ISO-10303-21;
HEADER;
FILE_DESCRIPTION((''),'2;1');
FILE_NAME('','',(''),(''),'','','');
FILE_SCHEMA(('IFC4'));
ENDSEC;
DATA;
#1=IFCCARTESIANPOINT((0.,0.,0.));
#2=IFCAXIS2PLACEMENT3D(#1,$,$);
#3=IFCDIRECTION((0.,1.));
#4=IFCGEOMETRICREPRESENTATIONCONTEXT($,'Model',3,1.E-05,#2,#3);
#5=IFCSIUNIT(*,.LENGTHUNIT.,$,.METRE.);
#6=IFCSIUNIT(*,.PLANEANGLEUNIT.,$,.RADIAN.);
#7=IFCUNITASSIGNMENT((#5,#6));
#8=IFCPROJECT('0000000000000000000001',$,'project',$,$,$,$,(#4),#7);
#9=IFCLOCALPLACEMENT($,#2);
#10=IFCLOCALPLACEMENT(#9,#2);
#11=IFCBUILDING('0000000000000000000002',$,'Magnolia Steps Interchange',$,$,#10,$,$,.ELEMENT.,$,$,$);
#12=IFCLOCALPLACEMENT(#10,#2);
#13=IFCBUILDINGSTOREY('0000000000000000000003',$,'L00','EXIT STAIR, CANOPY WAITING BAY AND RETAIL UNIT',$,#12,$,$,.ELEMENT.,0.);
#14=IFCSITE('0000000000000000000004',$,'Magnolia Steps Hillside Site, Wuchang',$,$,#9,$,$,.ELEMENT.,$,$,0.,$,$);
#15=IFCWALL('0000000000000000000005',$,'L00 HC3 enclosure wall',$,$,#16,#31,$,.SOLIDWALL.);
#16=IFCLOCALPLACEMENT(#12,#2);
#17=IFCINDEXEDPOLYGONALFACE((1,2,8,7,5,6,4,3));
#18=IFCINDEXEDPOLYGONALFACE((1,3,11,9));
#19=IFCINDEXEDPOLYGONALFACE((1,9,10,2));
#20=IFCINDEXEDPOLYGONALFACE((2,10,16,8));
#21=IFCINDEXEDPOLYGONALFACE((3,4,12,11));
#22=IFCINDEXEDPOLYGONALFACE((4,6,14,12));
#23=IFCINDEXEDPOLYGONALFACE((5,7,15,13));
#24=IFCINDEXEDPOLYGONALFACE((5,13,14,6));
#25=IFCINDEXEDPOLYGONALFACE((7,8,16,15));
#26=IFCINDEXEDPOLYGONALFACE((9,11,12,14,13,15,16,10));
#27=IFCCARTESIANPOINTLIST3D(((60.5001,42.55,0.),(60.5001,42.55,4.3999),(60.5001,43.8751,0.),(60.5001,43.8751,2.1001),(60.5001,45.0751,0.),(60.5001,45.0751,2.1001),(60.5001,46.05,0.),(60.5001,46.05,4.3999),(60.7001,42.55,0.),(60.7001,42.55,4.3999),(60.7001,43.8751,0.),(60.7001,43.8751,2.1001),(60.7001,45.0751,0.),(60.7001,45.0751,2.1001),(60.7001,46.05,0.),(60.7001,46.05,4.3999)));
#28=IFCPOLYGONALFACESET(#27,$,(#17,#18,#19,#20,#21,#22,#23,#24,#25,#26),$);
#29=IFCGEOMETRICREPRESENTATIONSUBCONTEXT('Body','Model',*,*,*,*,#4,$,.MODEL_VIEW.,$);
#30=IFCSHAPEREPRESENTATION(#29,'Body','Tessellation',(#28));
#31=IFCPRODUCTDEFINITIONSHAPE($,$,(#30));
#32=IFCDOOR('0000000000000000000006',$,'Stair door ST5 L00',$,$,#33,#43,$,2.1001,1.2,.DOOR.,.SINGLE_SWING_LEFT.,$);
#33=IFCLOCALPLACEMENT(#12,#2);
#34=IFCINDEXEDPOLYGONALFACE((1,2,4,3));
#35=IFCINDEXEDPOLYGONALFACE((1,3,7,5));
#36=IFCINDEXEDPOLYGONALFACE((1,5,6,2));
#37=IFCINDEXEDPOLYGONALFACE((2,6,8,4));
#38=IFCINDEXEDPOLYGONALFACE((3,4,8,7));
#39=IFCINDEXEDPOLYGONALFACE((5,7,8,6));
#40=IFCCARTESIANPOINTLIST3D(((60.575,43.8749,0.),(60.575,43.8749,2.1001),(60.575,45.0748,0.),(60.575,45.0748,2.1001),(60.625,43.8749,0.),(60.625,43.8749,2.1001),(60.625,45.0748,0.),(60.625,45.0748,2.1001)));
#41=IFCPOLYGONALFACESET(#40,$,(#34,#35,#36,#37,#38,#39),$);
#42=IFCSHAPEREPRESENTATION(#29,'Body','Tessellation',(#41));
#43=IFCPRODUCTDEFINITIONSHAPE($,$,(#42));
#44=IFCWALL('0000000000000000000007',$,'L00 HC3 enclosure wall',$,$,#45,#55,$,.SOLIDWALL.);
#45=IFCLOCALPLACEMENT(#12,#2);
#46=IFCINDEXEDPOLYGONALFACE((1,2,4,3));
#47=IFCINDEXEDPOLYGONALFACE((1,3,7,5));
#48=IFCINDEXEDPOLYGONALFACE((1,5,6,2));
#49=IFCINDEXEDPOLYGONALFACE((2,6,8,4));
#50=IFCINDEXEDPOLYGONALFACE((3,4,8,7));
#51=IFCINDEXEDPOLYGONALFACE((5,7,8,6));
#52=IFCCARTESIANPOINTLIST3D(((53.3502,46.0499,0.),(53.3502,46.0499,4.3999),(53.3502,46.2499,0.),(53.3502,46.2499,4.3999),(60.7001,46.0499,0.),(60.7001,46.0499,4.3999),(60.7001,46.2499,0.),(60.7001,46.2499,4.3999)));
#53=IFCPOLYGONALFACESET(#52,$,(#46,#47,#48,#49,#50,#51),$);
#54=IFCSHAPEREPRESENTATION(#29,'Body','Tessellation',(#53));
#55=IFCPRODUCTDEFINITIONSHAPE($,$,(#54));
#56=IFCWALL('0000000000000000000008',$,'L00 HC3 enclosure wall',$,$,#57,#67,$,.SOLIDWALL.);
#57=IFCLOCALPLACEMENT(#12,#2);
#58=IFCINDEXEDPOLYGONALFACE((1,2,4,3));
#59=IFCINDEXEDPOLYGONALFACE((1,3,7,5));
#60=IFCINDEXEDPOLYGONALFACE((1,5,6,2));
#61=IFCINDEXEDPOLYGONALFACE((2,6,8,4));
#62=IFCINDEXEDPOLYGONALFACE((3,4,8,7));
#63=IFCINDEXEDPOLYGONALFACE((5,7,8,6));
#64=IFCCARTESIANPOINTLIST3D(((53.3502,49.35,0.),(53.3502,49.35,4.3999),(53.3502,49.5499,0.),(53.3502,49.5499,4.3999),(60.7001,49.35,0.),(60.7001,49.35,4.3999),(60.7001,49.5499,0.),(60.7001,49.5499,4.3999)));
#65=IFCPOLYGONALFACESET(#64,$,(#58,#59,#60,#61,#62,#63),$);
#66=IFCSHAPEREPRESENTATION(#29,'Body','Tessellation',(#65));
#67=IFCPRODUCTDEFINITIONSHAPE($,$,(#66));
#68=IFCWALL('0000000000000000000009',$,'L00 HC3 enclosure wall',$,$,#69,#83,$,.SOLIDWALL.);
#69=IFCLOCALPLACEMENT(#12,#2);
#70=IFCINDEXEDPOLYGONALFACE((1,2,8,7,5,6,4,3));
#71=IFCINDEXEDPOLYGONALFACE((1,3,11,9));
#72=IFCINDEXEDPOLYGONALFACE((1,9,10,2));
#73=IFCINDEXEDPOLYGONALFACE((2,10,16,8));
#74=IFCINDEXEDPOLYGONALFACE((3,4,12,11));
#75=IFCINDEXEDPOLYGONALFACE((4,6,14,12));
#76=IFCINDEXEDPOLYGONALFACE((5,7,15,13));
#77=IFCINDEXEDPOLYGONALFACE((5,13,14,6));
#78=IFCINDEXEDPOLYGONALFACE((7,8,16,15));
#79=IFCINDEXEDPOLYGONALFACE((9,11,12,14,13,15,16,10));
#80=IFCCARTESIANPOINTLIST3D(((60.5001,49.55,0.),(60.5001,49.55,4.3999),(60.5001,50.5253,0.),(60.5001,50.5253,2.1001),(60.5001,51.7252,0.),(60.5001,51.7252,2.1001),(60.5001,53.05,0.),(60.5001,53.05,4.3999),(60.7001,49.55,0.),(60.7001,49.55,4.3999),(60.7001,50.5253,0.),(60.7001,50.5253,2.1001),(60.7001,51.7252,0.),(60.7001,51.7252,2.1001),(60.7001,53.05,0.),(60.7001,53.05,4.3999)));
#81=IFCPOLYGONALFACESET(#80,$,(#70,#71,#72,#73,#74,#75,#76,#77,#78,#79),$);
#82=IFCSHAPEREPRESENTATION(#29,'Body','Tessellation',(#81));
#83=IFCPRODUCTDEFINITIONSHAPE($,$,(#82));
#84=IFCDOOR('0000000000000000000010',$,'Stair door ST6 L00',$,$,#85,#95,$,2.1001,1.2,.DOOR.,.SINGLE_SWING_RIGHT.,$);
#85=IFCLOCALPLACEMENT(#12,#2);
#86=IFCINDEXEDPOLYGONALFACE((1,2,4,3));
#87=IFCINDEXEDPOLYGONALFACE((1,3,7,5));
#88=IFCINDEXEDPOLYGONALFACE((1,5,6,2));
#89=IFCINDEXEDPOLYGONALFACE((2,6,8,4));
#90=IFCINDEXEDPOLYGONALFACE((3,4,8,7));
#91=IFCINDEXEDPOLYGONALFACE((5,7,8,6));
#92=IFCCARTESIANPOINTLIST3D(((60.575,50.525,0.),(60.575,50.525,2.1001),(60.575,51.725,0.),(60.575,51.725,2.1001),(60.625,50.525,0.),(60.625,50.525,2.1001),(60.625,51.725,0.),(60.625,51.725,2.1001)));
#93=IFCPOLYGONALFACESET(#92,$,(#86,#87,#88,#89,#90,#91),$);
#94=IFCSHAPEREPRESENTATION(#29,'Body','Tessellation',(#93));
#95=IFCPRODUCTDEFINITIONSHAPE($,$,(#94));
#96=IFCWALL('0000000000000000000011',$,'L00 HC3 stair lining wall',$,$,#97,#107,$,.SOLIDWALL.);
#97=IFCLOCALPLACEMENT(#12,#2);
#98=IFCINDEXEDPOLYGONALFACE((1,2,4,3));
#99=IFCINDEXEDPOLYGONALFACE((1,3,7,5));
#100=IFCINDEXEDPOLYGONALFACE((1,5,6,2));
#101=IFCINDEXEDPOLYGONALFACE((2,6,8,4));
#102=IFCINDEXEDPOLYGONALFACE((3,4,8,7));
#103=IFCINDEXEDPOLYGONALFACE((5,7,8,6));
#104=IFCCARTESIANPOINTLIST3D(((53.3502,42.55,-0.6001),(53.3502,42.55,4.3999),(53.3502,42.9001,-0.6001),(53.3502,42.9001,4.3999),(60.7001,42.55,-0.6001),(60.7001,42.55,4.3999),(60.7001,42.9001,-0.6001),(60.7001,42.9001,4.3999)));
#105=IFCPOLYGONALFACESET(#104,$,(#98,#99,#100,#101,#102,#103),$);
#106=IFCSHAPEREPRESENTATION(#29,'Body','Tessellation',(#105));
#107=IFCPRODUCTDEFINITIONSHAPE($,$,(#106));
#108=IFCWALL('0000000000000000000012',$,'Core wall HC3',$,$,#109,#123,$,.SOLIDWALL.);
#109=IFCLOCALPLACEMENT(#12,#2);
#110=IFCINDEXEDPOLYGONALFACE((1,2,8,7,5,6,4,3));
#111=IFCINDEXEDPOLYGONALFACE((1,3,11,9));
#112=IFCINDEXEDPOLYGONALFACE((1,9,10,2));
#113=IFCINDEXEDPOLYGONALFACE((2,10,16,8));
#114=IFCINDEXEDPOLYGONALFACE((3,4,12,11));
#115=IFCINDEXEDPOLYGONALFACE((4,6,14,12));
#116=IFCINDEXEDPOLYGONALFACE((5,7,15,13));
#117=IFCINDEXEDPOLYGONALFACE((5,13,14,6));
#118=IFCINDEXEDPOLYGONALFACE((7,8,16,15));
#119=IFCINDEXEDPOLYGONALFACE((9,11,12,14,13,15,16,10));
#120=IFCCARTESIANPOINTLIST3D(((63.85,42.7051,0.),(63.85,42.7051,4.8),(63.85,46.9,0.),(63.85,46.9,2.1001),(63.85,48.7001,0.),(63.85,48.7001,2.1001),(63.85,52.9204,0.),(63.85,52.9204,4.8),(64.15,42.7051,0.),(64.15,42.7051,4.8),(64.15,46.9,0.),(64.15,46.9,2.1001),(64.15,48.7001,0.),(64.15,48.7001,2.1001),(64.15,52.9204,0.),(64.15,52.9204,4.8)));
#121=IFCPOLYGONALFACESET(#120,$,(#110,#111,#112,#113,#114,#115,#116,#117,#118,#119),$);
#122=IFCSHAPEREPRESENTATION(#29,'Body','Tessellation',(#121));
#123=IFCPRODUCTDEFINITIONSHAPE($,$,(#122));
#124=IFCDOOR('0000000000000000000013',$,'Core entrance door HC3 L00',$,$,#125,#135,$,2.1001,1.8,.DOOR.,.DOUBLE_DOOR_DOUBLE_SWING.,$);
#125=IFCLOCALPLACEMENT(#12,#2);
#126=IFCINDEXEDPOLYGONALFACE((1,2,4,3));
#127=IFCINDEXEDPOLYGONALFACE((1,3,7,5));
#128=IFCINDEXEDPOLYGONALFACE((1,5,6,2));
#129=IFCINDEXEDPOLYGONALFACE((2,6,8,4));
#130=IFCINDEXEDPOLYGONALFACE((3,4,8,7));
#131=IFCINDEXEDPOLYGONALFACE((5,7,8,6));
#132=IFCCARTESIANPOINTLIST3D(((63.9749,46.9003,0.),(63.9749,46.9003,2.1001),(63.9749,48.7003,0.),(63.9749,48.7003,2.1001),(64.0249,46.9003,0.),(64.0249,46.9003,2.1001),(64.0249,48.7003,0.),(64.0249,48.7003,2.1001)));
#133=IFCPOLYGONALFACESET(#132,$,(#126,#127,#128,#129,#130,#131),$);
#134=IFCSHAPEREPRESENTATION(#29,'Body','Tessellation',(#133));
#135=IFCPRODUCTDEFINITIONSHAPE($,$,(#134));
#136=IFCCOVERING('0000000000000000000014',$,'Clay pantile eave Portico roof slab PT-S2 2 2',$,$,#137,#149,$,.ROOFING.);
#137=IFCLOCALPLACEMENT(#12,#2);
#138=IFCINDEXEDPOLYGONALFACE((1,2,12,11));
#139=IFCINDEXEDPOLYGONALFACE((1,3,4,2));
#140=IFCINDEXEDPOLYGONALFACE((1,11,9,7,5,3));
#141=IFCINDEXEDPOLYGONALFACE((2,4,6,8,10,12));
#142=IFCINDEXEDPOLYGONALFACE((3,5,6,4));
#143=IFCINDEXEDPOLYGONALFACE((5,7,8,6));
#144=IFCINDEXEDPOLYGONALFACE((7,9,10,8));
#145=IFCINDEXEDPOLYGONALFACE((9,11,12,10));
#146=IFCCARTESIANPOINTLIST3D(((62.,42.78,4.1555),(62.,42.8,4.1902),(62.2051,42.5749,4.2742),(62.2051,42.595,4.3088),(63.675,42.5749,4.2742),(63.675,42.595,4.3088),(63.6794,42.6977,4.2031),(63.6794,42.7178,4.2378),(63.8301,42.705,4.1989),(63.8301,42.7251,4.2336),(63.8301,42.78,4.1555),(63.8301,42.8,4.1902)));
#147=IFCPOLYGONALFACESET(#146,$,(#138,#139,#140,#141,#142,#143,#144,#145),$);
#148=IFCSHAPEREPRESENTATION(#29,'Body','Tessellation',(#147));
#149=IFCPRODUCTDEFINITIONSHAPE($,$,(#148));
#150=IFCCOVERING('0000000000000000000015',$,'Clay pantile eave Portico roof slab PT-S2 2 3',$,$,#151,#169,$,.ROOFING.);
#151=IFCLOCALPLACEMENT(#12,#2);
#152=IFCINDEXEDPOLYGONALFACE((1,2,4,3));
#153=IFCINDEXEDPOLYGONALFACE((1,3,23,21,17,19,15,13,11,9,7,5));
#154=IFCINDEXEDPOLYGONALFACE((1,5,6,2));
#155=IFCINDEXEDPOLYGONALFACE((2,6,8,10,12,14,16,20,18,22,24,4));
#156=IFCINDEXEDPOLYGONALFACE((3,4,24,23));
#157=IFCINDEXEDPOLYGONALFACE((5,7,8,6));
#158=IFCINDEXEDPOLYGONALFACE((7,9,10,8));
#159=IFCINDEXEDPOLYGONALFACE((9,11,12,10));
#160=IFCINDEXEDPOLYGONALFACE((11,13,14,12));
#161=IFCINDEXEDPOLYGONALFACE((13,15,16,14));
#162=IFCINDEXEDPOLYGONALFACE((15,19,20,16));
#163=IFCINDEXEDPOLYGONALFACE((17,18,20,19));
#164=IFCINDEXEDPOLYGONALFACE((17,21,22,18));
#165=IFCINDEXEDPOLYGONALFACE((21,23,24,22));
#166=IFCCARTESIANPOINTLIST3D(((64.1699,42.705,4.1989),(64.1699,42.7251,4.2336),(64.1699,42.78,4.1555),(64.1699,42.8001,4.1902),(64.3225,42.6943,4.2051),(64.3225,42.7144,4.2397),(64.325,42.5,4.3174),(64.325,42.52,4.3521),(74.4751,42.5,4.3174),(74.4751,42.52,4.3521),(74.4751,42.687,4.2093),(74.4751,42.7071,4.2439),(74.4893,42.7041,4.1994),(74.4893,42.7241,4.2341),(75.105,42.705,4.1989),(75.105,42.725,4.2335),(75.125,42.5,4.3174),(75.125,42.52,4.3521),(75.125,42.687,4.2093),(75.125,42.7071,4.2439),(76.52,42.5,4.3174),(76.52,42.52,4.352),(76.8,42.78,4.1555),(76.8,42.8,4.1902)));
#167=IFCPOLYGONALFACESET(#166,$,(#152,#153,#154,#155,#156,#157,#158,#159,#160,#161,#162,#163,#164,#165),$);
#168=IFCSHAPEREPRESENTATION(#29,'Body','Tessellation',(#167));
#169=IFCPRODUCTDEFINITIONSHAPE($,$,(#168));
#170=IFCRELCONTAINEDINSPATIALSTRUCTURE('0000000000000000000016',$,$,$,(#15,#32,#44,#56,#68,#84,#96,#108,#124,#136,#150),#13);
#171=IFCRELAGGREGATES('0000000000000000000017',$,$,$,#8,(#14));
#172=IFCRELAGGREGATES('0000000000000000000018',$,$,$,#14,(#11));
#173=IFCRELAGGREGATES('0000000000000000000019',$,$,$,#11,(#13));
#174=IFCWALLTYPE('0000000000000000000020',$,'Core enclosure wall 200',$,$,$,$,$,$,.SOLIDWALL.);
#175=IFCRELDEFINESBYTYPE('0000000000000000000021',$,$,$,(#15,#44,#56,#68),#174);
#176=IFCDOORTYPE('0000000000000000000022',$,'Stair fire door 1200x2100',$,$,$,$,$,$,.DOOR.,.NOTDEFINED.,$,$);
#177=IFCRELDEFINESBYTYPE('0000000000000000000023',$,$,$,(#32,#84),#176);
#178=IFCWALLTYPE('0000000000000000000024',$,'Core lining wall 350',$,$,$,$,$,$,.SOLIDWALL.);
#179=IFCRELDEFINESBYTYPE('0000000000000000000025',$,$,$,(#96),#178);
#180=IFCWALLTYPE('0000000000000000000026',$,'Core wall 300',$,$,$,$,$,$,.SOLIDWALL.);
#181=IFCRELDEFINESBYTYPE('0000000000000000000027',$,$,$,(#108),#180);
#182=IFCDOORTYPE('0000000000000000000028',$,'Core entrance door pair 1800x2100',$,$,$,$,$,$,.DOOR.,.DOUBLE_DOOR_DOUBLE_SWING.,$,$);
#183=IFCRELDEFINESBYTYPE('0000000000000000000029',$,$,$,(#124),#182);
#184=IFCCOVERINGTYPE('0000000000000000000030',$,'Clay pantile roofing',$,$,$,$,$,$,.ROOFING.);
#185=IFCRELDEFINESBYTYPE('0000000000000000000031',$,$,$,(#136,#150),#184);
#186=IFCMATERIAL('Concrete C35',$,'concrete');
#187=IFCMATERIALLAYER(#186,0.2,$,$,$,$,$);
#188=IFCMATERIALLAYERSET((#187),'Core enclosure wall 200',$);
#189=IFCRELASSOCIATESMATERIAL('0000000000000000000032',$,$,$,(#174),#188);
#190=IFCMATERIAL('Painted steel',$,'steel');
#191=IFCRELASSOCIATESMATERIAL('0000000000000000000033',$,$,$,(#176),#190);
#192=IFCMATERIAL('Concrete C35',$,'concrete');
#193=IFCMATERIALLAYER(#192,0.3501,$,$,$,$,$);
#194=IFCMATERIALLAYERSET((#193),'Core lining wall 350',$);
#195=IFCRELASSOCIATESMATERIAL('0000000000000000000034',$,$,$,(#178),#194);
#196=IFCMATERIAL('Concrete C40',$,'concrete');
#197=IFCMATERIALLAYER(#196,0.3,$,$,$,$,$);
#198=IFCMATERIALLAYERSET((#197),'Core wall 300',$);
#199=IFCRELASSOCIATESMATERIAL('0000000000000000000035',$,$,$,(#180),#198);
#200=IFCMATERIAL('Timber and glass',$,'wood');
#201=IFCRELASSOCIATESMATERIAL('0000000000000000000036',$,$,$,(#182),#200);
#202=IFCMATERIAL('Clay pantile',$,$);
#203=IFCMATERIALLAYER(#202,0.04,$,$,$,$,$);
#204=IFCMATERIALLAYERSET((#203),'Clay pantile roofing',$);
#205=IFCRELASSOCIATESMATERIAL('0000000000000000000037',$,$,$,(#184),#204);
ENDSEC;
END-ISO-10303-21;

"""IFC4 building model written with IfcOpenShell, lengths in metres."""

from ifc_helpers import new_model, si_unit, direction, frame, frame_2d, origin, place, context, subcontext, project, spatial, polyline, rectangle, outline, extrude, material, layer, layer_set, type_object, element, fill, save


model = new_model("IFC4")

# Units and contexts
model_context = context("Model", 3, precision=1e-05, world=origin(), true_north=direction((0.0, 1.0)))
body_context = subcontext(model_context, "Body", "Model", "MODEL_VIEW")
ifc_project = project(units=[si_unit("LENGTHUNIT", "METRE"), si_unit("PLANEANGLEUNIT", "RADIAN")], contexts=[model_context])

# Site, building, storey
site_placement = place(None, origin())
site = spatial("IfcSite", under=ifc_project, at=site_placement, Name="Magnolia Steps Hillside Site, Wuchang", CompositionType="ELEMENT", RefElevation=0.0)
building_placement = place(site_placement, origin())
building = spatial("IfcBuilding", under=site, at=building_placement, Name="Magnolia Steps Interchange", CompositionType="ELEMENT")
storey_placement = place(building_placement, origin())
storey = spatial("IfcBuildingStorey", under=building, at=storey_placement, Name="L00", Description="EXIT STAIR, CANOPY WAITING BAY AND RETAIL UNIT", CompositionType="ELEMENT", Elevation=0.0)

# Wall, opening, door
ifc_material_1 = material(Name="Concrete C35", Category="concrete")
ifc_layer_1 = layer(ifc_material_1, 0.2)
ifc_layer_set_1 = layer_set([ifc_layer_1], Name="Core enclosure wall 200")
wall_type_1 = type_object("IfcWallType", Name="Core enclosure wall 200", PredefinedType="SOLIDWALL", material=ifc_layer_set_1)
wall_1_placement = place(storey_placement, frame((60.6001, 42.55, 0.0), z_axis=(0.0, 0.0, 1.0), x_axis=(0.0, 1.0, 0.0)))
wall_1 = element("IfcWall", 1, at=wall_1_placement, inside=storey, type_object=wall_type_1, Name="L00 HC3 enclosure wall", PredefinedType="SOLIDWALL", context=body_context, shape_type="SweptSolid", body=[
    extrude(rectangle(XDim=3.5, YDim=0.2, at=frame_2d((1.75, 0.0))), origin(), (0.0, 0.0, 1.0), 4.3999),
])
opening_1_placement = place(wall_1_placement, frame((1.325, 0.0, 0.0)))
opening_1 = element("IfcOpeningElement", 2, at=opening_1_placement, cuts=wall_1, PredefinedType="OPENING", context=body_context, shape_type="SweptSolid", body=[
    extrude(rectangle(XDim=1.2, YDim=2.1001, at=frame_2d((0.6001, 1.05))), frame((0.0, 0.1099, 0.0), z_axis=(0.0, -1.0, 0.0), x_axis=(1.0, 0.0, 0.0)), (0.0, 0.0, 1.0), 0.22),
])
ifc_material_2 = material(Name="Painted steel", Category="steel")
door_type_1 = type_object("IfcDoorType", Name="Stair fire door 1200x2100", OperationType="NOTDEFINED", PredefinedType="DOOR", material=ifc_material_2)
door_1_placement = place(opening_1_placement, frame((1.2, 0.0, 0.0), z_axis=(0.0, 0.0, 1.0), x_axis=(-1.0, 0.0, 0.0)))
door_1 = element("IfcDoor", 3, at=door_1_placement, inside=storey, type_object=door_type_1, Name="Stair door ST5 L00", OperationType="SINGLE_SWING_LEFT", OverallHeight=2.1001, OverallWidth=1.2, PredefinedType="DOOR", context=body_context, shape_type="SweptSolid", body=[
    extrude(rectangle(XDim=1.2, YDim=2.1001, at=frame_2d((0.6001, 1.05))), frame((0.0, 0.0249, 0.0), z_axis=(0.0, -1.0, 0.0), x_axis=(1.0, 0.0, 0.0)), (0.0, 0.0, 1.0), 0.05),
])
fill(opening_1, door_1)

# Walls
for number, where, z_axis, x_axis, name in (
    (4, (60.7, 46.1499, 0.0), (0.0, 0.0, 1.0), (-1.0, 0.0, 0.0), "L00 HC3 enclosure wall"),
    (5, (60.7, 49.45, 0.0), (0.0, 0.0, 1.0), (-1.0, 0.0, 0.0), "L00 HC3 enclosure wall"),
):
    element("IfcWall", number, at=place(storey_placement, frame(where, z_axis=z_axis, x_axis=x_axis)), inside=storey, type_object=wall_type_1, Name=name, PredefinedType="SOLIDWALL", context=body_context, shape_type="SweptSolid", body=[
        extrude(rectangle(XDim=7.3499, YDim=0.2, at=frame_2d((3.6748, 0.0))), origin(), (0.0, 0.0, 1.0), 4.3999),
    ])

# Wall, opening, door
wall_2_placement = place(storey_placement, frame((60.6001, 49.55, 0.0), z_axis=(0.0, 0.0, 1.0), x_axis=(0.0, 1.0, 0.0)))
wall_2 = element("IfcWall", 6, at=wall_2_placement, inside=storey, type_object=wall_type_1, Name="L00 HC3 enclosure wall", PredefinedType="SOLIDWALL", context=body_context, shape_type="SweptSolid", body=[
    extrude(rectangle(XDim=3.5, YDim=0.2, at=frame_2d((1.75, 0.0))), origin(), (0.0, 0.0, 1.0), 4.3999),
])
opening_2_placement = place(wall_2_placement, frame((0.9751, 0.0, 0.0)))
opening_2 = element("IfcOpeningElement", 7, at=opening_2_placement, cuts=wall_2, PredefinedType="OPENING", context=body_context, shape_type="SweptSolid", body=[
    extrude(rectangle(XDim=1.2, YDim=2.1001, at=frame_2d((0.6001, 1.05))), frame((0.0, 0.1099, 0.0), z_axis=(0.0, -1.0, 0.0), x_axis=(1.0, 0.0, 0.0)), (0.0, 0.0, 1.0), 0.22),
])
door_2_placement = place(opening_2_placement, frame((1.2, 0.0, 0.0), z_axis=(0.0, 0.0, 1.0), x_axis=(-1.0, 0.0, 0.0)))
door_2 = element("IfcDoor", 8, at=door_2_placement, inside=storey, type_object=door_type_1, Name="Stair door ST6 L00", OperationType="SINGLE_SWING_RIGHT", OverallHeight=2.1001, OverallWidth=1.2, PredefinedType="DOOR", context=body_context, shape_type="SweptSolid", body=[
    extrude(rectangle(XDim=1.2, YDim=2.1001, at=frame_2d((0.6001, 1.05))), frame((0.0, 0.0249, 0.0), z_axis=(0.0, -1.0, 0.0), x_axis=(1.0, 0.0, 0.0)), (0.0, 0.0, 1.0), 0.05),
])
fill(opening_2, door_2)

# Wall
ifc_material_3 = material(Name="Concrete C35", Category="concrete")
ifc_layer_2 = layer(ifc_material_3, 0.3501)
ifc_layer_set_2 = layer_set([ifc_layer_2], Name="Core lining wall 350")
wall_type_2 = type_object("IfcWallType", Name="Core lining wall 350", PredefinedType="SOLIDWALL", material=ifc_layer_set_2)
wall_3_placement = place(storey_placement, frame((60.7, 42.7251, -0.6001), z_axis=(0.0, 0.0, 1.0), x_axis=(-1.0, 0.0, 0.0)))
element("IfcWall", 9, at=wall_3_placement, inside=storey, type_object=wall_type_2, Name="L00 HC3 stair lining wall", PredefinedType="SOLIDWALL", context=body_context, shape_type="SweptSolid", body=[
    extrude(rectangle(XDim=7.3499, YDim=0.3501, at=frame_2d((3.6748, 0.0))), origin(), (0.0, 0.0, 1.0), 5.0),
])

# Wall, opening, door
ifc_material_4 = material(Name="Concrete C40", Category="concrete")
ifc_layer_3 = layer(ifc_material_4, 0.3)
ifc_layer_set_3 = layer_set([ifc_layer_3], Name="Core wall 300")
wall_type_3 = type_object("IfcWallType", Name="Core wall 300", PredefinedType="SOLIDWALL", material=ifc_layer_set_3)
wall_4_placement = place(storey_placement, frame((64.0, 42.7051, 0.0), z_axis=(0.0, 0.0, 1.0), x_axis=(0.0, 1.0, 0.0)))
wall_4 = element("IfcWall", 10, at=wall_4_placement, inside=storey, type_object=wall_type_3, Name="Core wall HC3", PredefinedType="SOLIDWALL", context=body_context, shape_type="SweptSolid", body=[
    extrude(rectangle(XDim=10.2153, YDim=0.3, at=frame_2d((5.1077, 0.0))), origin(), (0.0, 0.0, 1.0), 4.8),
])
opening_3_placement = place(wall_4_placement, frame((4.1951, 0.0, 0.0)))
opening_3 = element("IfcOpeningElement", 11, at=opening_3_placement, cuts=wall_4, PredefinedType="OPENING", context=body_context, shape_type="SweptSolid", body=[
    extrude(rectangle(XDim=1.8, YDim=2.1001, at=frame_2d((0.8999, 1.05))), frame((0.0, 0.1599, 0.0), z_axis=(0.0, -1.0, 0.0), x_axis=(1.0, 0.0, 0.0)), (0.0, 0.0, 1.0), 0.3201),
])
ifc_material_5 = material(Name="Timber and glass", Category="wood")
door_type_2 = type_object("IfcDoorType", Name="Core entrance door pair 1800x2100", OperationType="DOUBLE_DOOR_DOUBLE_SWING", PredefinedType="DOOR", material=ifc_material_5)
door_3_placement = place(opening_3_placement, frame((1.8, 0.0, 0.0), z_axis=(0.0, 0.0, 1.0), x_axis=(-1.0, 0.0, 0.0)))
door_3 = element("IfcDoor", 12, at=door_3_placement, inside=storey, type_object=door_type_2, Name="Core entrance door HC3 L00", OperationType="DOUBLE_DOOR_DOUBLE_SWING", OverallHeight=2.1001, OverallWidth=1.8, PredefinedType="DOOR", context=body_context, shape_type="SweptSolid", body=[
    extrude(rectangle(XDim=1.8, YDim=2.1001, at=frame_2d((0.8999, 1.05))), frame((0.0, 0.0249, 0.0), z_axis=(0.0, -1.0, 0.0), x_axis=(1.0, 0.0, 0.0)), (0.0, 0.0, 1.0), 0.05),
])
fill(opening_3, door_3)

# Coverings
ifc_material_6 = material(Name="Clay pantile")
ifc_layer_4 = layer(ifc_material_6, 0.04)
ifc_layer_set_4 = layer_set([ifc_layer_4], Name="Clay pantile roofing")
covering_type = type_object("IfcCoveringType", Name="Clay pantile roofing", PredefinedType="ROOFING", material=ifc_layer_set_4)
covering_1_placement = place(storey_placement, frame((63.8301, 42.8, 4.1902), z_axis=(-0.000011, 0.500807, 0.865559), x_axis=(0.0, -0.865559, 0.500807)))
element("IfcCovering", 13, at=covering_1_placement, inside=storey, type_object=covering_type, Name="Clay pantile eave Portico roof slab PT-S2 2 2", PredefinedType="ROOFING", context=body_context, shape_type="SweptSolid", body=[
    extrude(outline(polyline([(0.0, 0.0), (0.0866, 0.0), (0.0951, -0.1506), (0.2369, -0.155), (0.2369, -1.625), (0.0, -1.8301), (0.0, 0.0)])), origin(), (0.0, 0.0, -1.0), 0.04),
])
covering_2_placement = place(storey_placement, frame((75.125, 42.52, 4.3521), z_axis=(0.000002, 0.500455, 0.865763), x_axis=(0.0, 0.865763, -0.500455)))
element("IfcCovering", 14, at=covering_2_placement, inside=storey, type_object=covering_type, Name="Clay pantile eave Portico roof slab PT-S2 2 3", PredefinedType="ROOFING", context=body_context, shape_type="SweptSolid", body=[
    extrude(outline(polyline([(0.0, 0.0), (0.216, 0.0), (0.2368, 0.02), (0.2357, 0.6357), (0.216, 0.6499), (0.0, 0.6499), (0.0, 10.8), (0.2245, 10.8025), (0.2368, 10.9551), (0.3234, 10.9551), (0.3234, -1.675), (0.0, -1.395), (0.0, 0.0)])), origin(), (0.0, 0.0, -1.0), 0.04),
])

save(model, "model.ifc")
